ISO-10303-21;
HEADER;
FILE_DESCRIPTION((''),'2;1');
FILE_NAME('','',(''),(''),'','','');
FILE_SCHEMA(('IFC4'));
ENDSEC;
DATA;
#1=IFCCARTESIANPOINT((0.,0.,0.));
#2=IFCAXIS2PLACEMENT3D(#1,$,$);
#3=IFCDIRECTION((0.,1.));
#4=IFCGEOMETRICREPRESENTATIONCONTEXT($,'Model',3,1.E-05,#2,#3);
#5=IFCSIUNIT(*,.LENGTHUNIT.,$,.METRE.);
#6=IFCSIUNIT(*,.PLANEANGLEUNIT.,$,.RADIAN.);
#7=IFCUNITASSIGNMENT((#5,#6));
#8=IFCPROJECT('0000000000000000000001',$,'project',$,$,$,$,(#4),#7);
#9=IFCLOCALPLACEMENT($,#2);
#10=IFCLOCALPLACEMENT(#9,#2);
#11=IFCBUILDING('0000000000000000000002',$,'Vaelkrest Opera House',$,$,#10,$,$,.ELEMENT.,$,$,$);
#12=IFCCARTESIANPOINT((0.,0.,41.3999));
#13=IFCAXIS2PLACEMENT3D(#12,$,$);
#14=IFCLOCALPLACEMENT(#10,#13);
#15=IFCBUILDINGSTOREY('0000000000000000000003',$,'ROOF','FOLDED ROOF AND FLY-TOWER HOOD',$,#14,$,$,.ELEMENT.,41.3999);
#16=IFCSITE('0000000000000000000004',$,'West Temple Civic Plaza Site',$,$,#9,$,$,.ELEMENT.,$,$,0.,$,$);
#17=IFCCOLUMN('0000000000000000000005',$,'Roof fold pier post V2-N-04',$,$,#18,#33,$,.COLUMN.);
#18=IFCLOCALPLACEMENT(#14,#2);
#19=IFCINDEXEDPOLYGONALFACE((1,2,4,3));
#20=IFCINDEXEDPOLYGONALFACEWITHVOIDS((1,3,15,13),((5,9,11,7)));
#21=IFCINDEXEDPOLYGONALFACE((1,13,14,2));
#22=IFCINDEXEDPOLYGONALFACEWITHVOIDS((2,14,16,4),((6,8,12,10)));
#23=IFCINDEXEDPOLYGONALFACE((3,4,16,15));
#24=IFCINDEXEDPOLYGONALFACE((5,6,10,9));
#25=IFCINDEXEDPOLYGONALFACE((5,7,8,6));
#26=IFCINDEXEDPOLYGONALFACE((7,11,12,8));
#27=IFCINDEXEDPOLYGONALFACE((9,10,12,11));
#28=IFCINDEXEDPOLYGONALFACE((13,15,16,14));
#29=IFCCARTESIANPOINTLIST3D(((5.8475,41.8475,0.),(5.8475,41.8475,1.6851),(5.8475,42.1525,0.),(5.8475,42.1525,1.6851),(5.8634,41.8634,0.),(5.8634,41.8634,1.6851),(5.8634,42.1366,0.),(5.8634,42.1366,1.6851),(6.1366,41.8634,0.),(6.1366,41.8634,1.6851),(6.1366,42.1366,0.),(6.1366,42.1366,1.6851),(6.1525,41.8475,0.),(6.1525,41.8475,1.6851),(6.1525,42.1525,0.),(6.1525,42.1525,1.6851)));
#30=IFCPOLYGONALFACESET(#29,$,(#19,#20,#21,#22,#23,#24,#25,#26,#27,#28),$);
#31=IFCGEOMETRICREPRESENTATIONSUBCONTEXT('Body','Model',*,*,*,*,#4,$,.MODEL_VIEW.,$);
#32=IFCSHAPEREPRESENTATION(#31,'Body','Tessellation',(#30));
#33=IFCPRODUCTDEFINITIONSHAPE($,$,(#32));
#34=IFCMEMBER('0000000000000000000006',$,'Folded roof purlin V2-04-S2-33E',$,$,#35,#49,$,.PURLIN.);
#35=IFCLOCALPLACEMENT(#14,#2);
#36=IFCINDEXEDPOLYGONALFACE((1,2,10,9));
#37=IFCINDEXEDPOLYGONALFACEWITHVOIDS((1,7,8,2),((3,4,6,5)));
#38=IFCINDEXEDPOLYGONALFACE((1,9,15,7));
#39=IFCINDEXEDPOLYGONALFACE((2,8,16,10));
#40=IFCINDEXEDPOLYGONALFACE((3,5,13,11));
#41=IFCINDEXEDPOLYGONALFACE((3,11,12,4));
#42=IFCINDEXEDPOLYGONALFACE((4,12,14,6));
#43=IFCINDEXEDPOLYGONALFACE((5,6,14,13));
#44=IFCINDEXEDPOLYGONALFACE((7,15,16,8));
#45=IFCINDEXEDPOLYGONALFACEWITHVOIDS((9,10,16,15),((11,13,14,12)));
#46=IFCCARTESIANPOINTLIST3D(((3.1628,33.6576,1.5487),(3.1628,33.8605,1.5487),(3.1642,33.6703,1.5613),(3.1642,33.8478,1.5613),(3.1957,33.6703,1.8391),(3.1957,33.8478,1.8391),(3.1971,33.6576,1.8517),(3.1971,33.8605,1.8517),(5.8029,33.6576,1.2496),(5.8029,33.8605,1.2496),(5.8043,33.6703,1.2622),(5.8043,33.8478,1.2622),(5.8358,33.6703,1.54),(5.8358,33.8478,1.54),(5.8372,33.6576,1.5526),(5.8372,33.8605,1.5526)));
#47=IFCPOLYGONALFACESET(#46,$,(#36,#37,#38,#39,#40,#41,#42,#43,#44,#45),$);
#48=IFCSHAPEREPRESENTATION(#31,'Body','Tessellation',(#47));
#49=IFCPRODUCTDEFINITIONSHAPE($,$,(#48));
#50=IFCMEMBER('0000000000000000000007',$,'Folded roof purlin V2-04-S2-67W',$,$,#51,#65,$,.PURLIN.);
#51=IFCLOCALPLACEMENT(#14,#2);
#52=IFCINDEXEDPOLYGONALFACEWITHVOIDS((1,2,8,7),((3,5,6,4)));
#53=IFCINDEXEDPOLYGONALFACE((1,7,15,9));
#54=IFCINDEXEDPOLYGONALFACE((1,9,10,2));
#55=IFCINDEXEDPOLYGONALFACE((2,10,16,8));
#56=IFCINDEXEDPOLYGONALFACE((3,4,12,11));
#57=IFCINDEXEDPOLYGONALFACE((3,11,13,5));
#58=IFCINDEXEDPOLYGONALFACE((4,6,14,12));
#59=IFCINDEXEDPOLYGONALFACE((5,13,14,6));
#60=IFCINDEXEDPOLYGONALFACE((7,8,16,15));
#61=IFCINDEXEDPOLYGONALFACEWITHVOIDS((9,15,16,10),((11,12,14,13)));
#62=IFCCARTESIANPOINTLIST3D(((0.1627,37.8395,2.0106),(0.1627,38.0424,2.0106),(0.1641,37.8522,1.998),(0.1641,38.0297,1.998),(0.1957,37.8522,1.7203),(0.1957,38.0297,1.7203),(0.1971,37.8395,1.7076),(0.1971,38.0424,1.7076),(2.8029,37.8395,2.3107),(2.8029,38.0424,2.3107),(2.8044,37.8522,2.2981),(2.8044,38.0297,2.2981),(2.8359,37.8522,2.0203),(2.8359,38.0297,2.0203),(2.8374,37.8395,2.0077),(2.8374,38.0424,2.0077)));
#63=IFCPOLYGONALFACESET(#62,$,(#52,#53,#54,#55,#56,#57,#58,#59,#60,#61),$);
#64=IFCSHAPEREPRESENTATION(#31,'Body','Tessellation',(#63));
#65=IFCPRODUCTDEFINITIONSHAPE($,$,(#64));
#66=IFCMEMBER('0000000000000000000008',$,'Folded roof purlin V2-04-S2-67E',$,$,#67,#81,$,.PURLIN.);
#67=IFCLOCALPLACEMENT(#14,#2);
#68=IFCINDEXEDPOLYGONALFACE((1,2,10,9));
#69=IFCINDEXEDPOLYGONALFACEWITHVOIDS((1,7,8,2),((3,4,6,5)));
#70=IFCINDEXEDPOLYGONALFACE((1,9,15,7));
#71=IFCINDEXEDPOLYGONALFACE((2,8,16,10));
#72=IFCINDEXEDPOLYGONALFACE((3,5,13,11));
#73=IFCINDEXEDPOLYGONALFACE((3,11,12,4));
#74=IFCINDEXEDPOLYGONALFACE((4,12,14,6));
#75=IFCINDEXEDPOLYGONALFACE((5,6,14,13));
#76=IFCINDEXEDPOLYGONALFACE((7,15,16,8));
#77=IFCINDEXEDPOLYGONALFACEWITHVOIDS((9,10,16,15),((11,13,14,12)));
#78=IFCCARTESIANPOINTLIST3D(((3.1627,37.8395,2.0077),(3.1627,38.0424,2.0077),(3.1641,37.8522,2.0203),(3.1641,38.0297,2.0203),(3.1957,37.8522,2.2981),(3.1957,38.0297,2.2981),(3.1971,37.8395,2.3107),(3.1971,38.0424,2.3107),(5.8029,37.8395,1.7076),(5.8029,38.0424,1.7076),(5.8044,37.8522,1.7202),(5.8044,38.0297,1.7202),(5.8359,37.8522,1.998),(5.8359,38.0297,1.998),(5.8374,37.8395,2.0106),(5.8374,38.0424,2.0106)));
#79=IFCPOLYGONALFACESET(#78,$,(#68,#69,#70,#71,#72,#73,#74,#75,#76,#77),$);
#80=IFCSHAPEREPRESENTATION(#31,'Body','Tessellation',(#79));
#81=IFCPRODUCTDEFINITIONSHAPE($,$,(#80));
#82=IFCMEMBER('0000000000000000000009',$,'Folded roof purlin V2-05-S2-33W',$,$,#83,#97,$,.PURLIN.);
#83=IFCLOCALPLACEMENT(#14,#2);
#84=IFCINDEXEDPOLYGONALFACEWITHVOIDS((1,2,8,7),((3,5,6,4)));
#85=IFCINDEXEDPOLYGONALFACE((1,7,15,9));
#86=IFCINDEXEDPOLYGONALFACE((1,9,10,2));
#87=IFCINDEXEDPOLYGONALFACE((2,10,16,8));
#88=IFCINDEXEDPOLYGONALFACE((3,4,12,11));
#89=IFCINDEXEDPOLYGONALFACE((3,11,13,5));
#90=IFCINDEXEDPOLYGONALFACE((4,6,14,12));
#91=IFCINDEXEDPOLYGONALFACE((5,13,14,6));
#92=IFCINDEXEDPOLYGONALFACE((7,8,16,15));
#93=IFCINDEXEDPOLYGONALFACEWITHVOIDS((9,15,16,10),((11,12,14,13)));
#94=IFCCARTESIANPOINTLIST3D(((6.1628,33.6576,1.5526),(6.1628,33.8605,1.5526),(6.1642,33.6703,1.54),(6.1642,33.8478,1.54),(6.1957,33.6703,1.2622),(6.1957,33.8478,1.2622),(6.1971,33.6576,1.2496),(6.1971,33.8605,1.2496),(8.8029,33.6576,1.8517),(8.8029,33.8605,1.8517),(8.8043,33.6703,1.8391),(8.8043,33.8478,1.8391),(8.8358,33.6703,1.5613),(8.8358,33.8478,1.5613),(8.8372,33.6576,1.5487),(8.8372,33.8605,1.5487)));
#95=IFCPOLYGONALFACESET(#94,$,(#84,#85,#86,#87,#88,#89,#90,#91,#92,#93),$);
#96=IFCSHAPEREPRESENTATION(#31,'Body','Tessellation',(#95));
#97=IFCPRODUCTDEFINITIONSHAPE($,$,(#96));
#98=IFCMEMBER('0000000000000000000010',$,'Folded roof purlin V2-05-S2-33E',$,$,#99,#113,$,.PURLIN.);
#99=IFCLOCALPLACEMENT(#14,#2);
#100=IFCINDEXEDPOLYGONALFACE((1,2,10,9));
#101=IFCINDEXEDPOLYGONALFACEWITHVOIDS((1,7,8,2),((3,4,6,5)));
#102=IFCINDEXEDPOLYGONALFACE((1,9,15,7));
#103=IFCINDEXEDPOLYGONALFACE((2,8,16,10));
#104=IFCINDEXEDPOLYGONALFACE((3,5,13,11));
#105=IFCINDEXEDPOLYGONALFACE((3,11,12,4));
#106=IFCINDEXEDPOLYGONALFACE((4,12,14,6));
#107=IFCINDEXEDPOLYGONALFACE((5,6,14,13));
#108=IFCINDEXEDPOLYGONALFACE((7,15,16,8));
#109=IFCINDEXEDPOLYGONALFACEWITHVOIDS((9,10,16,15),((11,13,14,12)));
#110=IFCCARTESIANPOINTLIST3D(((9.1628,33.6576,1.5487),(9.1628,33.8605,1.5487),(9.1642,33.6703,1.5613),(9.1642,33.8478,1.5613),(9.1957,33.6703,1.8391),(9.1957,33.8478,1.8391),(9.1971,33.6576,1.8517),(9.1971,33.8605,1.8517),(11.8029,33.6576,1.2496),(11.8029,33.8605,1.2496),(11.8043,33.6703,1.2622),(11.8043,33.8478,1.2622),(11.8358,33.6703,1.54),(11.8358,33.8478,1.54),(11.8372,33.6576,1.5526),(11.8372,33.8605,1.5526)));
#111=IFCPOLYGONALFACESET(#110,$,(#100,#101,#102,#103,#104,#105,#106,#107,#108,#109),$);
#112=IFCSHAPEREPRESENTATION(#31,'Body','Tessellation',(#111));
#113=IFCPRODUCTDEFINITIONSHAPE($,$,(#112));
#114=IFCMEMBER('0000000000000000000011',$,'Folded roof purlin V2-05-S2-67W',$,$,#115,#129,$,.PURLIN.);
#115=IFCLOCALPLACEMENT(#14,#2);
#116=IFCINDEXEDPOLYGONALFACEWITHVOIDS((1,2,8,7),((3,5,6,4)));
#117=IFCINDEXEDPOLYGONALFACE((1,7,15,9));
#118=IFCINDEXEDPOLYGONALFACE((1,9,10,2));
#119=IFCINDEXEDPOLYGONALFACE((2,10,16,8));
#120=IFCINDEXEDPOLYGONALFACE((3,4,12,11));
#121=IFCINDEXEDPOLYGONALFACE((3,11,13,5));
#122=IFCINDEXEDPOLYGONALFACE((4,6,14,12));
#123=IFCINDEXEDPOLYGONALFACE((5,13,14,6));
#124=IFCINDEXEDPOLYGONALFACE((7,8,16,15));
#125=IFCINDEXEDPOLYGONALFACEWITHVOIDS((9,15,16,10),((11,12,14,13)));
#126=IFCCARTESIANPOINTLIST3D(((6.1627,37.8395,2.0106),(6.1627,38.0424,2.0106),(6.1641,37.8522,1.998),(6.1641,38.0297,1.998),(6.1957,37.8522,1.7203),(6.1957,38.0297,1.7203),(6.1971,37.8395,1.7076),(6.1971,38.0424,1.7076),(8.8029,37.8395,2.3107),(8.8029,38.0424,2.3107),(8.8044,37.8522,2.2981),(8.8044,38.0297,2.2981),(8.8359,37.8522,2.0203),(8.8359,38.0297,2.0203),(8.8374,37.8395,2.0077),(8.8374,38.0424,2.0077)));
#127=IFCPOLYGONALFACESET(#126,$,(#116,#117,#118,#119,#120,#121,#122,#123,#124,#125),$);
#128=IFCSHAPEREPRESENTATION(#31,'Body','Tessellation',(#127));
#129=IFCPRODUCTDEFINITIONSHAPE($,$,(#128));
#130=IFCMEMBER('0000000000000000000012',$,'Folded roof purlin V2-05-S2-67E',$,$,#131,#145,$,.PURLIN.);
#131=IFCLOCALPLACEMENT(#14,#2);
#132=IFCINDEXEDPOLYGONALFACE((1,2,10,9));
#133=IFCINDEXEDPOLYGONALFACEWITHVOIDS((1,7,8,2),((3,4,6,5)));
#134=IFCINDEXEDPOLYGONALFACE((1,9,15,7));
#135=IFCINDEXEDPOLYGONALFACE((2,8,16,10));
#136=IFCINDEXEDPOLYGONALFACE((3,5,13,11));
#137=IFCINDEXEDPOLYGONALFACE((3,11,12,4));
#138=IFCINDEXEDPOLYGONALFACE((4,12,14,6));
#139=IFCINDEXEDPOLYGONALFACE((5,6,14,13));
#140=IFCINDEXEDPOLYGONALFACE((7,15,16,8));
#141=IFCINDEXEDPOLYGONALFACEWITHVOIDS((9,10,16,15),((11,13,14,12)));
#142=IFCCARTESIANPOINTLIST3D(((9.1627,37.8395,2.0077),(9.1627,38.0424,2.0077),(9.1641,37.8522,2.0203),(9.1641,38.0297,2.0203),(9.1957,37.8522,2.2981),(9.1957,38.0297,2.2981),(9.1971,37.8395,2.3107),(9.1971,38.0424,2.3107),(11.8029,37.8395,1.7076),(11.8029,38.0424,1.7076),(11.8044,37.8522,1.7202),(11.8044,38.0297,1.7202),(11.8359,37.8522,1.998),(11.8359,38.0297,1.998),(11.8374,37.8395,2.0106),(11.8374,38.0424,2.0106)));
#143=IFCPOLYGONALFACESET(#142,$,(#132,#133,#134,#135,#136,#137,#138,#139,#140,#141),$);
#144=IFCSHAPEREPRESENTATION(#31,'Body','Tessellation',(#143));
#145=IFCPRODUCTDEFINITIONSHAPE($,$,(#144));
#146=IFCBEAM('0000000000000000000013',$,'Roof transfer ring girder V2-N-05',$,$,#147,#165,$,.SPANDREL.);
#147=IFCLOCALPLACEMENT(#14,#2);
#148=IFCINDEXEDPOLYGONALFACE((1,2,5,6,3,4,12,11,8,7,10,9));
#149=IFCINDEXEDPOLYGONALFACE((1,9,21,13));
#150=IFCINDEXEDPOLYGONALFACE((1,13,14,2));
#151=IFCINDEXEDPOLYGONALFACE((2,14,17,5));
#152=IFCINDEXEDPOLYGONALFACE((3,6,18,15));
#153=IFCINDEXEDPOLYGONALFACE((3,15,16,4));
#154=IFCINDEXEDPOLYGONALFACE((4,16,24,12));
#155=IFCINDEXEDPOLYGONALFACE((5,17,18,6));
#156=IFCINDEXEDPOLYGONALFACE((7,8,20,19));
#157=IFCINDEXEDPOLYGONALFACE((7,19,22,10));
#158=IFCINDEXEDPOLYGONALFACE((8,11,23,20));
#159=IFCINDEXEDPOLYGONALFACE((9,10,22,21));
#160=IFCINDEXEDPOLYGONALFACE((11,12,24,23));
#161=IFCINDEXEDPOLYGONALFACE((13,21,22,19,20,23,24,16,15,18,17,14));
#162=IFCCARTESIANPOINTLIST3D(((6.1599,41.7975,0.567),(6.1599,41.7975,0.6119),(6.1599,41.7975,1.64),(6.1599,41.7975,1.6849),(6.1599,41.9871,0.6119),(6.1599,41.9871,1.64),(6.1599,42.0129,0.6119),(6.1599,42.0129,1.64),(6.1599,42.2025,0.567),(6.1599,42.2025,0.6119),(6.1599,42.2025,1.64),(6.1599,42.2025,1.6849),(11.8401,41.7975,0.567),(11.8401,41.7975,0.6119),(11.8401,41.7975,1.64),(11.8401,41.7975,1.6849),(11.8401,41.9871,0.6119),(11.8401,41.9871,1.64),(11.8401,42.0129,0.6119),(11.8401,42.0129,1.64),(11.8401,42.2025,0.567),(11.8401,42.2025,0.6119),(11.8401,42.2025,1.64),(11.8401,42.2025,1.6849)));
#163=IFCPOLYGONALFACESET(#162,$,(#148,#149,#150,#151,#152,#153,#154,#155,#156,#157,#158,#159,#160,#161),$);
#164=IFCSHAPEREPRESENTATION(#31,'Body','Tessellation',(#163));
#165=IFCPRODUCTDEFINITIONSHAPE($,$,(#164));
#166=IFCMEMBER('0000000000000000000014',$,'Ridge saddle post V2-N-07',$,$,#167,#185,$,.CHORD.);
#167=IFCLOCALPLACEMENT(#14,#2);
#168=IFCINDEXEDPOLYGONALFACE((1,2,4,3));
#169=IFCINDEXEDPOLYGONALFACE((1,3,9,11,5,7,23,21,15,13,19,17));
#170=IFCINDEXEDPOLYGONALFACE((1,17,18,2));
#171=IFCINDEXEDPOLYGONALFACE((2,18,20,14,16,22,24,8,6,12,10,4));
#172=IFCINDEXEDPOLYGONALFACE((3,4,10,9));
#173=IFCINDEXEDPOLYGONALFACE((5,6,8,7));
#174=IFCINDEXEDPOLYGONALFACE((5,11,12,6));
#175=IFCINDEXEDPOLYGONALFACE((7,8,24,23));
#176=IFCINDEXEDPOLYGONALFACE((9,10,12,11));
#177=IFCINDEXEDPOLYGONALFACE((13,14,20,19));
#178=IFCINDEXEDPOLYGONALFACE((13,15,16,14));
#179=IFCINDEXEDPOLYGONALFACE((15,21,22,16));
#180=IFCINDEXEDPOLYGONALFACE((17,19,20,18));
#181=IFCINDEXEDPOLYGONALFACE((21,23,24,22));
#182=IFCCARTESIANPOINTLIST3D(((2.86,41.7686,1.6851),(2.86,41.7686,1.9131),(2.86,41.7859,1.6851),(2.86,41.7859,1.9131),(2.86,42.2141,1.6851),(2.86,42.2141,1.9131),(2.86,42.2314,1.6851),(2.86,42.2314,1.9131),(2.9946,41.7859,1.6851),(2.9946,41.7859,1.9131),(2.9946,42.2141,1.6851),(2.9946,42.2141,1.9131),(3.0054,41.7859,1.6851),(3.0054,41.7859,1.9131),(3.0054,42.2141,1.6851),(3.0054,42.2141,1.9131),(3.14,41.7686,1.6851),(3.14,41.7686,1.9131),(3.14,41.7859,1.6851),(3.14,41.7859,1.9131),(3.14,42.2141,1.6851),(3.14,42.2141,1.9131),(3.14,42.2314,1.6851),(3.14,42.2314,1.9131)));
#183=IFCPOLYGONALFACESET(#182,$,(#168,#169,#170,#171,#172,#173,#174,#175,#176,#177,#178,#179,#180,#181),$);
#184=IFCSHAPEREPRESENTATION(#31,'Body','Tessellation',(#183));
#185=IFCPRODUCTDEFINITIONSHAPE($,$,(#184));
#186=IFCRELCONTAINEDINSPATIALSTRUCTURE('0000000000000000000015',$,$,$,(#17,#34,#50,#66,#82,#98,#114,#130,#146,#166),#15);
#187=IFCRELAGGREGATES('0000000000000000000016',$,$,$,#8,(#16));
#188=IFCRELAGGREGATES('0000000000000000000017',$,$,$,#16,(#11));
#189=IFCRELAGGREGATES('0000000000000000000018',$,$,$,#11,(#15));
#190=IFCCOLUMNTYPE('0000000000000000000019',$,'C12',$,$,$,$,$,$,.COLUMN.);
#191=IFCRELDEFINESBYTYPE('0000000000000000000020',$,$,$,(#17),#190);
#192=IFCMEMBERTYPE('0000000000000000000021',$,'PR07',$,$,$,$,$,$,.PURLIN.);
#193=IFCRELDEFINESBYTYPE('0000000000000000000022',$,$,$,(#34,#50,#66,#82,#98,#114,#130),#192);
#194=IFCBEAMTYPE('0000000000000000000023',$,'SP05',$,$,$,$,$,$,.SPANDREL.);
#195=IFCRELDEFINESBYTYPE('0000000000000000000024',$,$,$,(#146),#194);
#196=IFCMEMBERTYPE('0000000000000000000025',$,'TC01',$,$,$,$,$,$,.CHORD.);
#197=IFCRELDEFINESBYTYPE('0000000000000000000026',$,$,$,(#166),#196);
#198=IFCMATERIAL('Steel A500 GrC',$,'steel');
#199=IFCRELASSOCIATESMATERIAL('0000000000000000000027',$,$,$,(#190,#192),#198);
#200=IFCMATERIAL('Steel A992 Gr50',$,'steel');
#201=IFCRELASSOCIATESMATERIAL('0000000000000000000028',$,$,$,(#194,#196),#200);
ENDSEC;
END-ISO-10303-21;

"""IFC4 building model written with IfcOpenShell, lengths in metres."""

from ifc_helpers import new_model, si_unit, direction, frame, origin, origin_2d, place, context, subcontext, project, spatial, hollow_rectangle, i_section, extrude, material, material_profile, profile_set, type_object, element, save


model = new_model("IFC4")

# Units and contexts
model_context = context("Model", 3, precision=1e-05, world=origin(), true_north=direction((0.0, 1.0)))
body_context = subcontext(model_context, "Body", "Model", "MODEL_VIEW")
ifc_project = project(units=[si_unit("LENGTHUNIT", "METRE"), si_unit("PLANEANGLEUNIT", "RADIAN")], contexts=[model_context])

# Site, building, storey
site_placement = place(None, origin())
site = spatial("IfcSite", under=ifc_project, at=site_placement, Name="West Temple Civic Plaza Site", CompositionType="ELEMENT", RefElevation=0.0)
building_placement = place(site_placement, origin())
building = spatial("IfcBuilding", under=site, at=building_placement, Name="Vaelkrest Opera House", CompositionType="ELEMENT")
storey_placement = place(building_placement, frame((0.0, 0.0, 41.3999)))
storey = spatial("IfcBuildingStorey", under=building, at=storey_placement, Name="ROOF", Description="FOLDED ROOF AND FLY-TOWER HOOD", CompositionType="ELEMENT", Elevation=41.3999)

# Column
ifc_material_1 = material(Name="Steel A500 GrC", Category="steel")
ifc_material_profile_1 = material_profile(ifc_material_1, hollow_rectangle(XDim=0.3049, YDim=0.3049, WallThickness=0.0159, at=origin_2d()), Name="HSS305X305X15.9")
ifc_profile_set_1 = profile_set([ifc_material_profile_1], Name="Steel A500 GrC")
column_type = type_object("IfcColumnType", Name="C12", PredefinedType="COLUMN", material=ifc_profile_set_1)
column_placement = place(storey_placement, frame((6.0, 42.0, 0.0), z_axis=(0.0, 0.0, 1.0), x_axis=(1.0, 0.0, 0.0)))
element("IfcColumn", 1, at=column_placement, inside=storey, type_object=column_type, Name="Roof fold pier post V2-N-04", PredefinedType="COLUMN", context=body_context, shape_type="SweptSolid", body=[
    extrude(hollow_rectangle(XDim=0.3049, YDim=0.3049, WallThickness=0.0159, at=origin_2d()), origin(), (0.0, 0.0, 1.0), 1.6851),
])

# Members
ifc_material_profile_2 = material_profile(ifc_material_1, hollow_rectangle(XDim=0.2029, YDim=0.3049, WallThickness=0.0127, at=origin_2d()), Name="HSS305X203X12.7")
ifc_profile_set_2 = profile_set([ifc_material_profile_2], Name="Steel A500 GrC")
member_type_1 = type_object("IfcMemberType", Name="PR07", PredefinedType="PURLIN", material=ifc_profile_set_2)
member_1_placement = place(storey_placement, frame((3.1799, 33.759, 1.7002), z_axis=(0.993645, 0.0, -0.112559), x_axis=(0.0, 1.0, 0.0)))
element("IfcMember", 2, at=member_1_placement, inside=storey, type_object=member_type_1, Name="Folded roof purlin V2-04-S2-33E", PredefinedType="PURLIN", context=body_context, shape_type="SweptSolid", body=[
    extrude(hollow_rectangle(XDim=0.2029, YDim=0.3049, WallThickness=0.0127, at=origin_2d()), origin(), (0.0, 0.0, 1.0), 2.657),
])
for number, where, z_axis, x_axis, name in (
    (3, (0.1799, 37.9409, 1.8591), (0.993604, 0.0, 0.112922), (0.0, 1.0, 0.0), "Folded roof purlin V2-04-S2-67W"),
    (4, (3.1799, 37.9409, 2.1592), (0.993604, 0.0, -0.112922), (0.0, 1.0, 0.0), "Folded roof purlin V2-04-S2-67E"),
):
    element("IfcMember", number, at=place(storey_placement, frame(where, z_axis=z_axis, x_axis=x_axis)), inside=storey, type_object=member_type_1, Name=name, PredefinedType="PURLIN", context=body_context, shape_type="SweptSolid", body=[
        extrude(hollow_rectangle(XDim=0.2029, YDim=0.3049, WallThickness=0.0127, at=origin_2d()), origin(), (0.0, 0.0, 1.0), 2.6572),
    ])
for number, where, z_axis, x_axis, name in (
    (5, (6.1799, 33.759, 1.4011), (0.993645, 0.0, 0.112559), (0.0, 1.0, 0.0), "Folded roof purlin V2-05-S2-33W"),
    (6, (9.1799, 33.759, 1.7002), (0.993645, 0.0, -0.112559), (0.0, 1.0, 0.0), "Folded roof purlin V2-05-S2-33E"),
):
    element("IfcMember", number, at=place(storey_placement, frame(where, z_axis=z_axis, x_axis=x_axis)), inside=storey, type_object=member_type_1, Name=name, PredefinedType="PURLIN", context=body_context, shape_type="SweptSolid", body=[
        extrude(hollow_rectangle(XDim=0.2029, YDim=0.3049, WallThickness=0.0127, at=origin_2d()), origin(), (0.0, 0.0, 1.0), 2.657),
    ])
for number, where, z_axis, x_axis, name in (
    (7, (6.1799, 37.9409, 1.8591), (0.993604, 0.0, 0.112922), (0.0, 1.0, 0.0), "Folded roof purlin V2-05-S2-67W"),
    (8, (9.1799, 37.9409, 2.1592), (0.993604, 0.0, -0.112922), (0.0, 1.0, 0.0), "Folded roof purlin V2-05-S2-67E"),
):
    element("IfcMember", number, at=place(storey_placement, frame(where, z_axis=z_axis, x_axis=x_axis)), inside=storey, type_object=member_type_1, Name=name, PredefinedType="PURLIN", context=body_context, shape_type="SweptSolid", body=[
        extrude(hollow_rectangle(XDim=0.2029, YDim=0.3049, WallThickness=0.0127, at=origin_2d()), origin(), (0.0, 0.0, 1.0), 2.6572),
    ])

# Beam
ifc_material_2 = material(Name="Steel A992 Gr50", Category="steel")
ifc_material_profile_3 = material_profile(ifc_material_2, i_section(OverallWidth=0.405, OverallDepth=1.1179, WebThickness=0.0259, FlangeThickness=0.0449, at=origin_2d()), Name="W44X335")
ifc_profile_set_3 = profile_set([ifc_material_profile_3], Name="Steel A992 Gr50")
beam_type = type_object("IfcBeamType", Name="SP05", PredefinedType="SPANDREL", material=ifc_profile_set_3)
beam_placement = place(storey_placement, frame((6.1599, 42.0, 1.126), z_axis=(1.0, 0.0, 0.0), x_axis=(0.0, 1.0, 0.0)))
element("IfcBeam", 9, at=beam_placement, inside=storey, type_object=beam_type, Name="Roof transfer ring girder V2-N-05", PredefinedType="SPANDREL", context=body_context, shape_type="SweptSolid", body=[
    extrude(i_section(OverallWidth=0.405, OverallDepth=1.1179, WebThickness=0.0259, FlangeThickness=0.0449, at=origin_2d()), origin(), (0.0, 0.0, 1.0), 5.6802),
])

# Member
ifc_material_profile_4 = material_profile(ifc_material_2, i_section(OverallWidth=0.28, OverallDepth=0.4629, WebThickness=0.0107, FlangeThickness=0.0173, at=origin_2d()), Name="W18X76")
ifc_profile_set_4 = profile_set([ifc_material_profile_4], Name="Steel A992 Gr50")
member_type_2 = type_object("IfcMemberType", Name="TC01", PredefinedType="CHORD", material=ifc_profile_set_4)
member_2_placement = place(storey_placement, frame((3.0, 42.0, 1.6851), z_axis=(0.0, 0.0, 1.0), x_axis=(1.0, 0.0, 0.0)))
element("IfcMember", 10, at=member_2_placement, inside=storey, type_object=member_type_2, Name="Ridge saddle post V2-N-07", PredefinedType="CHORD", context=body_context, shape_type="SweptSolid", body=[
    extrude(i_section(OverallWidth=0.28, OverallDepth=0.4629, WebThickness=0.0107, FlangeThickness=0.0173, at=origin_2d()), origin(), (0.0, 0.0, 1.0), 0.228),
])

save(model, "model.ifc")
